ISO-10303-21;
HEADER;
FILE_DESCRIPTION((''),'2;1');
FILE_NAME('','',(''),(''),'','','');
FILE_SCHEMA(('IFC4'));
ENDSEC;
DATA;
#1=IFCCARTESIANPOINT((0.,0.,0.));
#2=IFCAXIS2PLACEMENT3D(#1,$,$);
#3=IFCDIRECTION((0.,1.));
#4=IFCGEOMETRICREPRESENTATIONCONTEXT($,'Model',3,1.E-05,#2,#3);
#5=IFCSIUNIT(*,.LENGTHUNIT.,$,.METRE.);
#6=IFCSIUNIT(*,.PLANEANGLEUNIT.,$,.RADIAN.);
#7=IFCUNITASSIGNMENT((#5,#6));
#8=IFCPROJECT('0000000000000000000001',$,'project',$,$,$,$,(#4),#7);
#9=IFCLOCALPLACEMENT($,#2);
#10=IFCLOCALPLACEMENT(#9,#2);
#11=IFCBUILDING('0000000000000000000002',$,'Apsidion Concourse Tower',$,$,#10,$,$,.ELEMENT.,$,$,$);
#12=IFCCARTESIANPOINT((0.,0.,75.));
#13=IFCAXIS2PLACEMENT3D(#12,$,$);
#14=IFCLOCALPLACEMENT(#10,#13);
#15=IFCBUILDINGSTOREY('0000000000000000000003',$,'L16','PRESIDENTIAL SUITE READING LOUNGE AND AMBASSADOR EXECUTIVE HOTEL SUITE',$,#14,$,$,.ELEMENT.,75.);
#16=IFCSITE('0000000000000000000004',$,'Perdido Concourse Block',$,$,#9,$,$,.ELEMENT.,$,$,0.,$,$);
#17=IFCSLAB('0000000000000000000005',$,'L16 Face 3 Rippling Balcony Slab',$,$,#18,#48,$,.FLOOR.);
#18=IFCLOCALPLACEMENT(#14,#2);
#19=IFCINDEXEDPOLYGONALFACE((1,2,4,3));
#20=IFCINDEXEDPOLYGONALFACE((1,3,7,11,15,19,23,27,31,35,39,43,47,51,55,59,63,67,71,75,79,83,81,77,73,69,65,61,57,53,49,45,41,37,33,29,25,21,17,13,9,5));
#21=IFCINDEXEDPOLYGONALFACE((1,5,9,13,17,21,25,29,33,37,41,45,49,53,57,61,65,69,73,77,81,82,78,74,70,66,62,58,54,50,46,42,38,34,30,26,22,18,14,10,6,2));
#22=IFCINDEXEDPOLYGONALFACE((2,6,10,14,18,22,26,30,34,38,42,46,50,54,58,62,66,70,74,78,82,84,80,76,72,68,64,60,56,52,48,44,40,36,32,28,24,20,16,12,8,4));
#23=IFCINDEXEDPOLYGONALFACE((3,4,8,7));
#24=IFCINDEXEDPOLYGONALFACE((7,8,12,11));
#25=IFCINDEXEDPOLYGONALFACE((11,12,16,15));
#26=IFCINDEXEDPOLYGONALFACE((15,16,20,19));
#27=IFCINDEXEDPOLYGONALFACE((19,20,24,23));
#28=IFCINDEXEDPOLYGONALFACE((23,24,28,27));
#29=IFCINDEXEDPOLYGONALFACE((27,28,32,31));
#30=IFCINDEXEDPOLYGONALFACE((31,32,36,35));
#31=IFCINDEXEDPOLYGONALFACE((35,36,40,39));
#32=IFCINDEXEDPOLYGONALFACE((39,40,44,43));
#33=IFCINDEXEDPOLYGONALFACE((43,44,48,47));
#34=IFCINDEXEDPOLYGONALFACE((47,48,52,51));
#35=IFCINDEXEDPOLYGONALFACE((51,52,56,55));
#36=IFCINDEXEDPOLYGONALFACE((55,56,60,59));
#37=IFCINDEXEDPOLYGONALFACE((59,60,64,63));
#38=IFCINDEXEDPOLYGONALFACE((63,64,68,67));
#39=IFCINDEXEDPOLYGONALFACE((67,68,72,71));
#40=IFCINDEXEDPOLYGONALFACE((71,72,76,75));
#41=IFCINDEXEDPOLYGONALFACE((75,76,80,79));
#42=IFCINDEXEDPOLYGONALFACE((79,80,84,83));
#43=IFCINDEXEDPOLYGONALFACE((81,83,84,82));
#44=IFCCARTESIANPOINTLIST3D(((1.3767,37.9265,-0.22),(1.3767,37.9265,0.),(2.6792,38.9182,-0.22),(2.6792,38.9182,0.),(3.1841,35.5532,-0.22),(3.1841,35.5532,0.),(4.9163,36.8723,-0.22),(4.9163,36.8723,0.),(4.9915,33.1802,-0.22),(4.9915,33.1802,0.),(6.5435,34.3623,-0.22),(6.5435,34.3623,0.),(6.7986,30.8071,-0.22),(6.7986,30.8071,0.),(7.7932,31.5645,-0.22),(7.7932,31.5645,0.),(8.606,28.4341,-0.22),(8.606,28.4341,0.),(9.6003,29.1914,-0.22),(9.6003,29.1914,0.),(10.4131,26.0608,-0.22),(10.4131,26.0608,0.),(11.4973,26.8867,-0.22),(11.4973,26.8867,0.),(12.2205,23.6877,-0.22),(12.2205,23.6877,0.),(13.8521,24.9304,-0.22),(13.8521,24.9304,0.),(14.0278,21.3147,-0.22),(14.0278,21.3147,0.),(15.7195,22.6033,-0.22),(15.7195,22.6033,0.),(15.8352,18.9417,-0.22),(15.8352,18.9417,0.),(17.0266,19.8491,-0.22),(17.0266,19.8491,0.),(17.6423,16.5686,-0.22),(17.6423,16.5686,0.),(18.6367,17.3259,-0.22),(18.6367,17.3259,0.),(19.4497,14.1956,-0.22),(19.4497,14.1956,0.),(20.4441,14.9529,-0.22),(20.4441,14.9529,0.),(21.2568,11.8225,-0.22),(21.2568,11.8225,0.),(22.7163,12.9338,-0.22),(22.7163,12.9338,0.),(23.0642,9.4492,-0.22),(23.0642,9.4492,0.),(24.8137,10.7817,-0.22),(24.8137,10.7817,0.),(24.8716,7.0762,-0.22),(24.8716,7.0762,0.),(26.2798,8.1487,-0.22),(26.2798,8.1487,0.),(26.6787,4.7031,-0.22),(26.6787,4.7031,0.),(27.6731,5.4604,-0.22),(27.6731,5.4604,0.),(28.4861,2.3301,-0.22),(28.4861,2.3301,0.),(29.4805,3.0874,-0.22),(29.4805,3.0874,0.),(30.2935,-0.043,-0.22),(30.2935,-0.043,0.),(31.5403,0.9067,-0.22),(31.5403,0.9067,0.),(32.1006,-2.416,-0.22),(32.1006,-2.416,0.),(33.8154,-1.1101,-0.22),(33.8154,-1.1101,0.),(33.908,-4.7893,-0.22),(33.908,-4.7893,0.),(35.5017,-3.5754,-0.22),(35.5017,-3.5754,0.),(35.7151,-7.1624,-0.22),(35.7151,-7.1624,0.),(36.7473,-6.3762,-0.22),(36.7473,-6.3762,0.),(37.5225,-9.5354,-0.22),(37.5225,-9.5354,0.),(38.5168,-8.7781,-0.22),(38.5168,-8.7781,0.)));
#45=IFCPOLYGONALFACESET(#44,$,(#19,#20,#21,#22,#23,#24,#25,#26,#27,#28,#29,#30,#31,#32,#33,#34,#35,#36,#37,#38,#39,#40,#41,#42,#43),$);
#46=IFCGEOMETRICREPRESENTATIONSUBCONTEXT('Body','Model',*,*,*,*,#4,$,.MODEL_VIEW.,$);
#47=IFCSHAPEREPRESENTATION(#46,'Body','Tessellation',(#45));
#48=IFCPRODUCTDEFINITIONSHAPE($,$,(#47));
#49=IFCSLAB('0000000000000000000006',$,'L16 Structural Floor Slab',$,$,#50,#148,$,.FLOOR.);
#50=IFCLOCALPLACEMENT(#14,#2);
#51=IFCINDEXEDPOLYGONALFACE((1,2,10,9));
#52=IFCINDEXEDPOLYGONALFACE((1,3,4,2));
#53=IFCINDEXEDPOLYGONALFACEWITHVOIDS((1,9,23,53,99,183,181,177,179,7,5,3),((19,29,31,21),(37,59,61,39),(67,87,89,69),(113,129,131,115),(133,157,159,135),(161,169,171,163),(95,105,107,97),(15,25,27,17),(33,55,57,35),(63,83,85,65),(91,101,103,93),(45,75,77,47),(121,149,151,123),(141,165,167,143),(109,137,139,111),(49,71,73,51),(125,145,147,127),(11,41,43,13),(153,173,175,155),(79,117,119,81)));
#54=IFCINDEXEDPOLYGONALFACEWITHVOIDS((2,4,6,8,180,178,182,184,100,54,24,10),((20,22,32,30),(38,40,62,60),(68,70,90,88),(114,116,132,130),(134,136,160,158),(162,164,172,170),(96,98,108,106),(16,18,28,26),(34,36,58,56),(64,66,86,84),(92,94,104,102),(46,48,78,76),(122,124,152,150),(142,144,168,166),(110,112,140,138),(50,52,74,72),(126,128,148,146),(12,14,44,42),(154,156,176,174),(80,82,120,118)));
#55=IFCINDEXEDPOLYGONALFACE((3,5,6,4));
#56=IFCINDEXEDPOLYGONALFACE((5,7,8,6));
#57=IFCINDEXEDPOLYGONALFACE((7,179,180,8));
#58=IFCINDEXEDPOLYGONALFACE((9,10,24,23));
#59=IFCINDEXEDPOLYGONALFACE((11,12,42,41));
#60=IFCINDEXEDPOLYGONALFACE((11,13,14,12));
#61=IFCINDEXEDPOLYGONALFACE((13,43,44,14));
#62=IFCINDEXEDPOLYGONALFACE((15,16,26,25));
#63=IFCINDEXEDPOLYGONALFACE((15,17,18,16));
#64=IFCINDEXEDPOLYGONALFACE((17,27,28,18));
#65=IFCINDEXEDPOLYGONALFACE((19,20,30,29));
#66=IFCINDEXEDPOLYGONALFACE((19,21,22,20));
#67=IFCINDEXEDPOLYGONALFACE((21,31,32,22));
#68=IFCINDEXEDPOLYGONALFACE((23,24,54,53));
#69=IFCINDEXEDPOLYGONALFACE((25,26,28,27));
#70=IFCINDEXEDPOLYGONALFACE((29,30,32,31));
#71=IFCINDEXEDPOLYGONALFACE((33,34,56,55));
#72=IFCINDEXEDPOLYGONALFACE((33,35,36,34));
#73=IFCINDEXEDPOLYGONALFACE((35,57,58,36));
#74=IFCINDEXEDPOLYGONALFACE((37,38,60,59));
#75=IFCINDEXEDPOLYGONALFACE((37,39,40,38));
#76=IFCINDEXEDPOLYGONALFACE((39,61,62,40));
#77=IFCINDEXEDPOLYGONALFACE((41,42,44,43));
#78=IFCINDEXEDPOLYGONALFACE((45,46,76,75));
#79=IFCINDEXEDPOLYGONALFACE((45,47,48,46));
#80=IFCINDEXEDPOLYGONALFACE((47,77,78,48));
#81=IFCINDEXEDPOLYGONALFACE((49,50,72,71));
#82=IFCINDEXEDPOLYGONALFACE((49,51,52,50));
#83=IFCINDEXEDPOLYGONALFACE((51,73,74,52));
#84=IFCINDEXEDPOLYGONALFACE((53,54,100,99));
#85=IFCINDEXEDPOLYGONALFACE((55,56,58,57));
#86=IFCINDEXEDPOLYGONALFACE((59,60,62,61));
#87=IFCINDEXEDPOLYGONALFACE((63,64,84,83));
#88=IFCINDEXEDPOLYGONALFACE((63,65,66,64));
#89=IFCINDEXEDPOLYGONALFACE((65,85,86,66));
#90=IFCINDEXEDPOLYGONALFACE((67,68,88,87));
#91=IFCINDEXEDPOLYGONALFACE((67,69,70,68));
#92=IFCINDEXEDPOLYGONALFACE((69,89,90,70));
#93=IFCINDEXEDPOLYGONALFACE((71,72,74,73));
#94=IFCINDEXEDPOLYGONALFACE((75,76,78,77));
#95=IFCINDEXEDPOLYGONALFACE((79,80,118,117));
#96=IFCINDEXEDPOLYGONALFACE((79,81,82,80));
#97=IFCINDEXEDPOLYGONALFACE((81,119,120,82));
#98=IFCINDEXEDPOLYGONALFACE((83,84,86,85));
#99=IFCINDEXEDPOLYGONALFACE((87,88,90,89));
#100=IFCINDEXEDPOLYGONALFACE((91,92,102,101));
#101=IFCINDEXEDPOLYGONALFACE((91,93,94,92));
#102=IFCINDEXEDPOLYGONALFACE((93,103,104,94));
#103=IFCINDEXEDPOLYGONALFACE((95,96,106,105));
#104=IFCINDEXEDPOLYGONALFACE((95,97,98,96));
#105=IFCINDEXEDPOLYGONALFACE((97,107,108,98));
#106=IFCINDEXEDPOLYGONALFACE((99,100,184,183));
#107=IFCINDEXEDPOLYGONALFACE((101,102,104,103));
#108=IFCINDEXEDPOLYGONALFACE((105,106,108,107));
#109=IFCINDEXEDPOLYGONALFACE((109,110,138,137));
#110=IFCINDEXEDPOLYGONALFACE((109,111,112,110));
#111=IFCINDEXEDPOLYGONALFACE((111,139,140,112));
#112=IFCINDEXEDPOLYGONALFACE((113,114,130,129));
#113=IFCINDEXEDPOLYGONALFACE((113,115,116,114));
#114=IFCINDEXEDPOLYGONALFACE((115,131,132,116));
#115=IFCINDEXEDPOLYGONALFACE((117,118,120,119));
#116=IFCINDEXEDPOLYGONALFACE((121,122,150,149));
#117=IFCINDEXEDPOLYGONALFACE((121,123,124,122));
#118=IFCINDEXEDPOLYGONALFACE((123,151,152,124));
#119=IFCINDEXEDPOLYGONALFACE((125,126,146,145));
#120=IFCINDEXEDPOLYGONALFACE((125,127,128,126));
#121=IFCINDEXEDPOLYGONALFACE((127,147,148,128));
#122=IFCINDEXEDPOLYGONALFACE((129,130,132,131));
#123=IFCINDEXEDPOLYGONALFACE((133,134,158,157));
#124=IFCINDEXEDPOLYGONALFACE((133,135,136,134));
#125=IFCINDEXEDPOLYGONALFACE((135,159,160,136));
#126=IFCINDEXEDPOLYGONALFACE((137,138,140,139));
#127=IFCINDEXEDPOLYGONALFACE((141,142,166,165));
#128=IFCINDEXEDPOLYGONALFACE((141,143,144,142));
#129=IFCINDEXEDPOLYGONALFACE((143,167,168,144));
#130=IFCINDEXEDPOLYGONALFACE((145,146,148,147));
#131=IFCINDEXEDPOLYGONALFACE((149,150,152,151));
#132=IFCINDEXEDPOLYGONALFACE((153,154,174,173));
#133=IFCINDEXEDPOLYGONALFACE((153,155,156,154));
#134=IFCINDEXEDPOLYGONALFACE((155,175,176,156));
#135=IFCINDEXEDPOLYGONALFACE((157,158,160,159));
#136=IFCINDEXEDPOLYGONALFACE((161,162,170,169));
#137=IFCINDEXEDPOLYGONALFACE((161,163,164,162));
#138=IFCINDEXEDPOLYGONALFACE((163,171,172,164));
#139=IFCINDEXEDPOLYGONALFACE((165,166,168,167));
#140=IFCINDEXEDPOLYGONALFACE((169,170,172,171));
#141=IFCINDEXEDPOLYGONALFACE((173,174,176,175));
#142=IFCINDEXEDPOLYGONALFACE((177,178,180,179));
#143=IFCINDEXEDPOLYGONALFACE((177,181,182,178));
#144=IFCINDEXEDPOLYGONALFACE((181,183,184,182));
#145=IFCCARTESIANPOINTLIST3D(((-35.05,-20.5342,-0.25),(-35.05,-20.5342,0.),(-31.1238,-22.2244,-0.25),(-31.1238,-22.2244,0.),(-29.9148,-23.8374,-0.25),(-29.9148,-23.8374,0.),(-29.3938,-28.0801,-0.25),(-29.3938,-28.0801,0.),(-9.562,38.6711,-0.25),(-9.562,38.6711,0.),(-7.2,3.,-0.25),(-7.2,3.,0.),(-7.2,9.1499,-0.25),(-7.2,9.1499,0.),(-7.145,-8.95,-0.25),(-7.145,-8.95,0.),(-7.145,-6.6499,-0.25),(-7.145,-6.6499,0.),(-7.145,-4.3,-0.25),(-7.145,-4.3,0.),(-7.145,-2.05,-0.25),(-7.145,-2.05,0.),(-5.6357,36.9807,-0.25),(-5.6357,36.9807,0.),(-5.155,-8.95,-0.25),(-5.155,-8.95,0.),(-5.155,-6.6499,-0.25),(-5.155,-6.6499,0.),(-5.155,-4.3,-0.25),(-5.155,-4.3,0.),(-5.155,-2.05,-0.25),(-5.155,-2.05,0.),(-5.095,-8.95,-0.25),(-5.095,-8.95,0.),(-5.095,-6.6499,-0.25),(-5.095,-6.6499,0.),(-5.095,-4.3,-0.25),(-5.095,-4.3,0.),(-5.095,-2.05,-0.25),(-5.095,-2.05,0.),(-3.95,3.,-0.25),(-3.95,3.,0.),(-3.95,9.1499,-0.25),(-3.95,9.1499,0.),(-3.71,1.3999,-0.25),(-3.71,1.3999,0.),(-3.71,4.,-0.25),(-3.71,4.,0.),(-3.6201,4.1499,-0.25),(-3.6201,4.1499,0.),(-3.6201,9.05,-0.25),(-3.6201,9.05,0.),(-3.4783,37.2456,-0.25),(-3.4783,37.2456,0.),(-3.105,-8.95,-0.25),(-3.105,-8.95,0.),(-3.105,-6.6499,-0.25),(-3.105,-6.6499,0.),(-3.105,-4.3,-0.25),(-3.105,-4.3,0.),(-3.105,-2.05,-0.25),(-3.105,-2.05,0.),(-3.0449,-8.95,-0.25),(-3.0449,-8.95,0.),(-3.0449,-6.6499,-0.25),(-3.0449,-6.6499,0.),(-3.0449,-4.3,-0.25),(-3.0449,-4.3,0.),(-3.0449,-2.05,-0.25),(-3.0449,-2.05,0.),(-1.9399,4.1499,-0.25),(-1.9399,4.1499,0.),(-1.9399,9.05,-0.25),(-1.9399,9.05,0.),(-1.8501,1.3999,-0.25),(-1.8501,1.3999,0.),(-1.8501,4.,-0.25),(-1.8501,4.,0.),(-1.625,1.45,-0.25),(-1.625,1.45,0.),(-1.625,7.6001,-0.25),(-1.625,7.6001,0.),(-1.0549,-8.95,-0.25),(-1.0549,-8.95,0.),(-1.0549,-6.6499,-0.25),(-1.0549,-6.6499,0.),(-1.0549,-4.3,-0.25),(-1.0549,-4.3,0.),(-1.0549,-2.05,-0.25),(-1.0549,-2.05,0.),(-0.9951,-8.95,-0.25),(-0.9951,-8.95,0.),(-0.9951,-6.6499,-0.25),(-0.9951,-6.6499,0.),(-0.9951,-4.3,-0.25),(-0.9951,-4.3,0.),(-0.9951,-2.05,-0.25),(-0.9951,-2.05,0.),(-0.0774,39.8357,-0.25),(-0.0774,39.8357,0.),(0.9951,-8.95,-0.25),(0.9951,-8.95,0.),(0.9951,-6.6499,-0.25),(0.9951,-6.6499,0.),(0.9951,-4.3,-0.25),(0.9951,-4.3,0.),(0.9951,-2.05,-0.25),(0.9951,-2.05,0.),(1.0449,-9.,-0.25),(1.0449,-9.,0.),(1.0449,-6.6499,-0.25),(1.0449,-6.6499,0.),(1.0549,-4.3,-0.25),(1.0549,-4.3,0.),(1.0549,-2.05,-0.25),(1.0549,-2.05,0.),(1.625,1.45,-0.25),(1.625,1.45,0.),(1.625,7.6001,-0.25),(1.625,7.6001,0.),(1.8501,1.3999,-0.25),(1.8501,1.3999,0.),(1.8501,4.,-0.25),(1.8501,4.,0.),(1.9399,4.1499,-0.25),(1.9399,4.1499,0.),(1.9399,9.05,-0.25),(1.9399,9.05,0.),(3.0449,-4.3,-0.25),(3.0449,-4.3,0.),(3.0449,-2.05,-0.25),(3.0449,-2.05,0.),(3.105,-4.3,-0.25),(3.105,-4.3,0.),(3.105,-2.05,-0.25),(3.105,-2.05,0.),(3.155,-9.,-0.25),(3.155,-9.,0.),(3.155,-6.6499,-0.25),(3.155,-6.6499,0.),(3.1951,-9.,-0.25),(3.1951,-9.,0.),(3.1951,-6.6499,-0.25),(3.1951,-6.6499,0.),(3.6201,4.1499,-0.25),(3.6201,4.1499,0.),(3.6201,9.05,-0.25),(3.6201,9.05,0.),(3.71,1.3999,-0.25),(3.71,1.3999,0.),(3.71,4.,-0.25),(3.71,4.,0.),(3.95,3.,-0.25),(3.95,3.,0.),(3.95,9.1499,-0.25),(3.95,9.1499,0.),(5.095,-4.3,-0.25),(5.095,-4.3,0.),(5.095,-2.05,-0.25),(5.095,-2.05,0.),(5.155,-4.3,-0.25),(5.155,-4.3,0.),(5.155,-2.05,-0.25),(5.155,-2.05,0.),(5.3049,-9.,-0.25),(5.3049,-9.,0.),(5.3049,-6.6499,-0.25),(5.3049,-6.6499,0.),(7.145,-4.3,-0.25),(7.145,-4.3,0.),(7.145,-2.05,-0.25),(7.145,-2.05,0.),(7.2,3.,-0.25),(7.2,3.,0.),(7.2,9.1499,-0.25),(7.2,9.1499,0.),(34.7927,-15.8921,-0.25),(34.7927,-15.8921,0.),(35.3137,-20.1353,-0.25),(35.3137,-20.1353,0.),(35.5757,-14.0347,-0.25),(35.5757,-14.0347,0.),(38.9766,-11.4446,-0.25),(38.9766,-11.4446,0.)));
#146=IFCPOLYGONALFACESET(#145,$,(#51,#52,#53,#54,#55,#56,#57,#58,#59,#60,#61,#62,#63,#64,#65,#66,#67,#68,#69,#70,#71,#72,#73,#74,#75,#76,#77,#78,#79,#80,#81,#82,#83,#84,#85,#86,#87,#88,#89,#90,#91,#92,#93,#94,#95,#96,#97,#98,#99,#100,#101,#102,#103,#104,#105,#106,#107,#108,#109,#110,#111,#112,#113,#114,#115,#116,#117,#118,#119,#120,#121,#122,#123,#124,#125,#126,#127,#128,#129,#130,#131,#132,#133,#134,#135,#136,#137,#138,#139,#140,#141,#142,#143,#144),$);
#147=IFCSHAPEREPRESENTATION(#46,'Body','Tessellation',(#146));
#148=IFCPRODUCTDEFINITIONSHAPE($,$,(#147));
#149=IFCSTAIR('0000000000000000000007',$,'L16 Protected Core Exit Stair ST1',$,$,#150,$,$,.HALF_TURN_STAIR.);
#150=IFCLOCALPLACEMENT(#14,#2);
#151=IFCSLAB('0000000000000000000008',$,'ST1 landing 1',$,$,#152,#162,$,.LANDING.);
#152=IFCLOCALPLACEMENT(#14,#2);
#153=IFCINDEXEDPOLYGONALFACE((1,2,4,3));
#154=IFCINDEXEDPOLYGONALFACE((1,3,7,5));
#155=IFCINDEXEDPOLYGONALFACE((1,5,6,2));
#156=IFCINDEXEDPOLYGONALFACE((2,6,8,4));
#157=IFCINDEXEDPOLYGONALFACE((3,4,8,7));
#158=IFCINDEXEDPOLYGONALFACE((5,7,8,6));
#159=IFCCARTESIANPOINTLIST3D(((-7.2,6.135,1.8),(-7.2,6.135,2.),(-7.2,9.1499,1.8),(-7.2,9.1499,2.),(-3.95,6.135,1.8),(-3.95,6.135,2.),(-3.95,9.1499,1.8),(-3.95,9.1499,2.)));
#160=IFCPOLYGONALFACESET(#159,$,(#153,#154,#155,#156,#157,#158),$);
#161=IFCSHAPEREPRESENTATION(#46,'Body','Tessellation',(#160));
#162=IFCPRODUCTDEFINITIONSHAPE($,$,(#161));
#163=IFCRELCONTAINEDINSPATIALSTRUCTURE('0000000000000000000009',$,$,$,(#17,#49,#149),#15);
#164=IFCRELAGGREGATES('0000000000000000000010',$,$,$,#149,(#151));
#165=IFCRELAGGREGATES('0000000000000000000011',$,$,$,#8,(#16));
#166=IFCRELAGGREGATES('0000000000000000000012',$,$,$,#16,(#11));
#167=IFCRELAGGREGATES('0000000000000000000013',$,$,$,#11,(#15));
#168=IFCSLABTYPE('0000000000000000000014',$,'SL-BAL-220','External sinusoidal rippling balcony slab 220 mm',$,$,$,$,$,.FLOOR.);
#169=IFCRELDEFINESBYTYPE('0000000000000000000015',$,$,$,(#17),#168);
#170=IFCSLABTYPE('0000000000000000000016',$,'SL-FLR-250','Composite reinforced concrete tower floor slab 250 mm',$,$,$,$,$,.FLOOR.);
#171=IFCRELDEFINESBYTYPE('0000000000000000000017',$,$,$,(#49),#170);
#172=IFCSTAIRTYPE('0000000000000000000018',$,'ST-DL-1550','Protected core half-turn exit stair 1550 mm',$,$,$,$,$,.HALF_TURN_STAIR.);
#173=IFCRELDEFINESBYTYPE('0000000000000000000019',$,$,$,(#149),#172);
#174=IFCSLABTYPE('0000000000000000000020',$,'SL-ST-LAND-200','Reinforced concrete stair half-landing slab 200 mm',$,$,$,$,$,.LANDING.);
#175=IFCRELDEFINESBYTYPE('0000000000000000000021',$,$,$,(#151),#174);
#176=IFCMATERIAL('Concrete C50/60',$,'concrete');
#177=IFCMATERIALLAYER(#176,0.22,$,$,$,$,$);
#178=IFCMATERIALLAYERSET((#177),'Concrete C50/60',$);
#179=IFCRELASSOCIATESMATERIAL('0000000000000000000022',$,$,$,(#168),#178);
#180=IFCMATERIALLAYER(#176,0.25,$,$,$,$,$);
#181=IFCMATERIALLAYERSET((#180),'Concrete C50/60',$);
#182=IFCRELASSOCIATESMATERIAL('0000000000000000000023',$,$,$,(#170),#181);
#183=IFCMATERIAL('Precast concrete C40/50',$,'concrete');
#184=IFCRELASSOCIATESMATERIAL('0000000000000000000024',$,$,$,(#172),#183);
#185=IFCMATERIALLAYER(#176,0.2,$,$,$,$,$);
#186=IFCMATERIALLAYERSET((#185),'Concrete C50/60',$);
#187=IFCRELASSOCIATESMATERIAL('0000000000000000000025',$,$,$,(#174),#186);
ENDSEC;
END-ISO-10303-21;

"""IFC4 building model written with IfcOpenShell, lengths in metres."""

from ifc_helpers import new_model, si_unit, direction, frame, origin, place, context, subcontext, project, spatial, polyline, outline, extrude, material, layer, layer_set, type_object, element, aggregate, save


model = new_model("IFC4")

# Units and contexts
model_context = context("Model", 3, precision=1e-05, world=origin(), true_north=direction((0.0, 1.0)))
body_context = subcontext(model_context, "Body", "Model", "MODEL_VIEW")
ifc_project = project(units=[si_unit("LENGTHUNIT", "METRE"), si_unit("PLANEANGLEUNIT", "RADIAN")], contexts=[model_context])

# Site, building, storey
site_placement = place(None, origin())
site = spatial("IfcSite", under=ifc_project, at=site_placement, Name="Perdido Concourse Block", CompositionType="ELEMENT", RefElevation=0.0)
building_placement = place(site_placement, origin())
building = spatial("IfcBuilding", under=site, at=building_placement, Name="Apsidion Concourse Tower", CompositionType="ELEMENT")
storey_placement = place(building_placement, frame((0.0, 0.0, 75.0)))
storey = spatial("IfcBuildingStorey", under=building, at=storey_placement, Name="L16", Description="PRESIDENTIAL SUITE READING LOUNGE AND AMBASSADOR EXECUTIVE HOTEL SUITE", CompositionType="ELEMENT", Elevation=75.0)

# Slabs
ifc_material_1 = material(Name="Concrete C50/60", Category="concrete")
ifc_layer_1 = layer(ifc_material_1, 0.22)
ifc_layer_set_1 = layer_set([ifc_layer_1], Name="Concrete C50/60")
slab_type_1 = type_object("IfcSlabType", Name="SL-BAL-220", Description="External sinusoidal rippling balcony slab 220 mm", PredefinedType="FLOOR", material=ifc_layer_set_1)
slab_1_placement = place(storey_placement, frame((0.0, 0.0, -0.22)))
element("IfcSlab", 1, at=slab_1_placement, inside=storey, type_object=slab_type_1, Name="L16 Face 3 Rippling Balcony Slab", PredefinedType="FLOOR", context=body_context, shape_type="SweptSolid", body=[
    extrude(outline(polyline([(37.5225, -9.5354), (35.7151, -7.1624), (33.908, -4.7893), (32.1006, -2.416), (30.2935, -0.043), (28.4861, 2.3301), (26.6787, 4.7031), (24.8716, 7.0762), (23.0642, 9.4492), (21.2568, 11.8225), (19.4497, 14.1956), (17.6423, 16.5686), (15.8352, 18.9417), (14.0278, 21.3147), (12.2205, 23.6877), (10.4131, 26.0608), (8.606, 28.4341), (6.7986, 30.8071), (4.9915, 33.1802), (3.1841, 35.5532), (1.3767, 37.9265), (2.6792, 38.9182), (4.9163, 36.8723), (6.5435, 34.3623), (7.7932, 31.5645), (9.6003, 29.1914), (11.4973, 26.8867), (13.8521, 24.9304), (15.7195, 22.6033), (17.0266, 19.8491), (18.6367, 17.3259), (20.4441, 14.9529), (22.7163, 12.9338), (24.8137, 10.7817), (26.2798, 8.1487), (27.6731, 5.4604), (29.4805, 3.0874), (31.5403, 0.9067), (33.8154, -1.1101), (35.5017, -3.5754), (36.7473, -6.3762), (38.5168, -8.7781), (37.5225, -9.5354)])), origin(), (0.0, 0.0, 1.0), 0.22),
])
ifc_layer_2 = layer(ifc_material_1, 0.25)
ifc_layer_set_2 = layer_set([ifc_layer_2], Name="Concrete C50/60")
slab_type_2 = type_object("IfcSlabType", Name="SL-FLR-250", Description="Composite reinforced concrete tower floor slab 250 mm", PredefinedType="FLOOR", material=ifc_layer_set_2)
slab_2_placement = place(storey_placement, frame((0.0, 0.0, -0.25)))
element("IfcSlab", 2, at=slab_2_placement, inside=storey, type_object=slab_type_2, Name="L16 Structural Floor Slab", PredefinedType="FLOOR", context=body_context, shape_type="SweptSolid", body=[
    extrude(outline(polyline([(-0.0774, 39.8357), (-3.4783, 37.2456), (-5.6357, 36.9807), (-9.562, 38.6711), (-35.05, -20.5342), (-31.1238, -22.2244), (-29.9148, -23.8374), (-29.3938, -28.0801), (35.3137, -20.1353), (34.7927, -15.8921), (35.5757, -14.0347), (38.9766, -11.4446), (-0.0774, 39.8357)]), holes=[polyline([(-3.95, 3.0), (-3.95, 9.1499), (-7.2, 9.1499), (-7.2, 3.0), (-3.95, 3.0)]), polyline([(7.2, 3.0), (7.2, 9.1499), (3.95, 9.1499), (3.95, 3.0), (7.2, 3.0)]), polyline([(-1.625, 7.6001), (-1.625, 1.45), (1.625, 1.45), (1.625, 7.6001), (-1.625, 7.6001)]), polyline([(-7.145, -4.3), (-5.155, -4.3), (-5.155, -2.05), (-7.145, -2.05), (-7.145, -4.3)]), polyline([(-5.095, -4.3), (-3.105, -4.3), (-3.105, -2.05), (-5.095, -2.05), (-5.095, -4.3)]), polyline([(-3.0449, -4.3), (-1.0549, -4.3), (-1.0549, -2.05), (-3.0449, -2.05), (-3.0449, -4.3)]), polyline([(-0.9951, -4.3), (0.9951, -4.3), (0.9951, -2.05), (-0.9951, -2.05), (-0.9951, -4.3)]), polyline([(1.0549, -4.3), (3.0449, -4.3), (3.0449, -2.05), (1.0549, -2.05), (1.0549, -4.3)]), polyline([(3.105, -4.3), (5.095, -4.3), (5.095, -2.05), (3.105, -2.05), (3.105, -4.3)]), polyline([(5.155, -4.3), (7.145, -4.3), (7.145, -2.05), (5.155, -2.05), (5.155, -4.3)]), polyline([(-7.145, -8.95), (-5.155, -8.95), (-5.155, -6.6499), (-7.145, -6.6499), (-7.145, -8.95)]), polyline([(-5.095, -8.95), (-3.105, -8.95), (-3.105, -6.6499), (-5.095, -6.6499), (-5.095, -8.95)]), polyline([(-3.0449, -8.95), (-1.0549, -8.95), (-1.0549, -6.6499), (-3.0449, -6.6499), (-3.0449, -8.95)]), polyline([(-0.9951, -8.95), (0.9951, -8.95), (0.9951, -6.6499), (-0.9951, -6.6499), (-0.9951, -8.95)]), polyline([(1.0449, -9.0), (3.155, -9.0), (3.155, -6.6499), (1.0449, -6.6499), (1.0449, -9.0)]), polyline([(3.1951, -9.0), (5.3049, -9.0), (5.3049, -6.6499), (3.1951, -6.6499), (3.1951, -9.0)]), polyline([(-3.71, 1.3999), (-1.8501, 1.3999), (-1.8501, 4.0), (-3.71, 4.0), (-3.71, 1.3999)]), polyline([(1.8501, 1.3999), (3.71, 1.3999), (3.71, 4.0), (1.8501, 4.0), (1.8501, 1.3999)]), polyline([(-3.6201, 4.1499), (-1.9399, 4.1499), (-1.9399, 9.05), (-3.6201, 9.05), (-3.6201, 4.1499)]), polyline([(1.9399, 4.1499), (3.6201, 4.1499), (3.6201, 9.05), (1.9399, 9.05), (1.9399, 4.1499)])]), origin(), (0.0, 0.0, 1.0), 0.25),
])

# Stair, slab
ifc_material_2 = material(Name="Precast concrete C40/50", Category="concrete")
stair_type = type_object("IfcStairType", Name="ST-DL-1550", Description="Protected core half-turn exit stair 1550 mm", PredefinedType="HALF_TURN_STAIR", material=ifc_material_2)
stair_1_placement = place(storey_placement, origin())
stair_1 = element("IfcStair", 3, at=stair_1_placement, inside=storey, type_object=stair_type, Name="L16 Protected Core Exit Stair ST1", PredefinedType="HALF_TURN_STAIR")
ifc_layer_3 = layer(ifc_material_1, 0.2)
ifc_layer_set_3 = layer_set([ifc_layer_3], Name="Concrete C50/60")
slab_type_3 = type_object("IfcSlabType", Name="SL-ST-LAND-200", Description="Reinforced concrete stair half-landing slab 200 mm", PredefinedType="LANDING", material=ifc_layer_set_3)
slab_3_placement = place(storey_placement, frame((0.0, 0.0, 1.8)))
slab_3 = element("IfcSlab", 4, at=slab_3_placement, type_object=slab_type_3, Name="ST1 landing 1", PredefinedType="LANDING", context=body_context, shape_type="SweptSolid", body=[
    extrude(outline(polyline([(-3.95, 6.135), (-3.95, 9.1499), (-7.2, 9.1499), (-7.2, 6.135), (-3.95, 6.135)])), origin(), (0.0, 0.0, 1.0), 0.2),
])
aggregate(stair_1, [slab_3])

save(model, "model.ifc")
